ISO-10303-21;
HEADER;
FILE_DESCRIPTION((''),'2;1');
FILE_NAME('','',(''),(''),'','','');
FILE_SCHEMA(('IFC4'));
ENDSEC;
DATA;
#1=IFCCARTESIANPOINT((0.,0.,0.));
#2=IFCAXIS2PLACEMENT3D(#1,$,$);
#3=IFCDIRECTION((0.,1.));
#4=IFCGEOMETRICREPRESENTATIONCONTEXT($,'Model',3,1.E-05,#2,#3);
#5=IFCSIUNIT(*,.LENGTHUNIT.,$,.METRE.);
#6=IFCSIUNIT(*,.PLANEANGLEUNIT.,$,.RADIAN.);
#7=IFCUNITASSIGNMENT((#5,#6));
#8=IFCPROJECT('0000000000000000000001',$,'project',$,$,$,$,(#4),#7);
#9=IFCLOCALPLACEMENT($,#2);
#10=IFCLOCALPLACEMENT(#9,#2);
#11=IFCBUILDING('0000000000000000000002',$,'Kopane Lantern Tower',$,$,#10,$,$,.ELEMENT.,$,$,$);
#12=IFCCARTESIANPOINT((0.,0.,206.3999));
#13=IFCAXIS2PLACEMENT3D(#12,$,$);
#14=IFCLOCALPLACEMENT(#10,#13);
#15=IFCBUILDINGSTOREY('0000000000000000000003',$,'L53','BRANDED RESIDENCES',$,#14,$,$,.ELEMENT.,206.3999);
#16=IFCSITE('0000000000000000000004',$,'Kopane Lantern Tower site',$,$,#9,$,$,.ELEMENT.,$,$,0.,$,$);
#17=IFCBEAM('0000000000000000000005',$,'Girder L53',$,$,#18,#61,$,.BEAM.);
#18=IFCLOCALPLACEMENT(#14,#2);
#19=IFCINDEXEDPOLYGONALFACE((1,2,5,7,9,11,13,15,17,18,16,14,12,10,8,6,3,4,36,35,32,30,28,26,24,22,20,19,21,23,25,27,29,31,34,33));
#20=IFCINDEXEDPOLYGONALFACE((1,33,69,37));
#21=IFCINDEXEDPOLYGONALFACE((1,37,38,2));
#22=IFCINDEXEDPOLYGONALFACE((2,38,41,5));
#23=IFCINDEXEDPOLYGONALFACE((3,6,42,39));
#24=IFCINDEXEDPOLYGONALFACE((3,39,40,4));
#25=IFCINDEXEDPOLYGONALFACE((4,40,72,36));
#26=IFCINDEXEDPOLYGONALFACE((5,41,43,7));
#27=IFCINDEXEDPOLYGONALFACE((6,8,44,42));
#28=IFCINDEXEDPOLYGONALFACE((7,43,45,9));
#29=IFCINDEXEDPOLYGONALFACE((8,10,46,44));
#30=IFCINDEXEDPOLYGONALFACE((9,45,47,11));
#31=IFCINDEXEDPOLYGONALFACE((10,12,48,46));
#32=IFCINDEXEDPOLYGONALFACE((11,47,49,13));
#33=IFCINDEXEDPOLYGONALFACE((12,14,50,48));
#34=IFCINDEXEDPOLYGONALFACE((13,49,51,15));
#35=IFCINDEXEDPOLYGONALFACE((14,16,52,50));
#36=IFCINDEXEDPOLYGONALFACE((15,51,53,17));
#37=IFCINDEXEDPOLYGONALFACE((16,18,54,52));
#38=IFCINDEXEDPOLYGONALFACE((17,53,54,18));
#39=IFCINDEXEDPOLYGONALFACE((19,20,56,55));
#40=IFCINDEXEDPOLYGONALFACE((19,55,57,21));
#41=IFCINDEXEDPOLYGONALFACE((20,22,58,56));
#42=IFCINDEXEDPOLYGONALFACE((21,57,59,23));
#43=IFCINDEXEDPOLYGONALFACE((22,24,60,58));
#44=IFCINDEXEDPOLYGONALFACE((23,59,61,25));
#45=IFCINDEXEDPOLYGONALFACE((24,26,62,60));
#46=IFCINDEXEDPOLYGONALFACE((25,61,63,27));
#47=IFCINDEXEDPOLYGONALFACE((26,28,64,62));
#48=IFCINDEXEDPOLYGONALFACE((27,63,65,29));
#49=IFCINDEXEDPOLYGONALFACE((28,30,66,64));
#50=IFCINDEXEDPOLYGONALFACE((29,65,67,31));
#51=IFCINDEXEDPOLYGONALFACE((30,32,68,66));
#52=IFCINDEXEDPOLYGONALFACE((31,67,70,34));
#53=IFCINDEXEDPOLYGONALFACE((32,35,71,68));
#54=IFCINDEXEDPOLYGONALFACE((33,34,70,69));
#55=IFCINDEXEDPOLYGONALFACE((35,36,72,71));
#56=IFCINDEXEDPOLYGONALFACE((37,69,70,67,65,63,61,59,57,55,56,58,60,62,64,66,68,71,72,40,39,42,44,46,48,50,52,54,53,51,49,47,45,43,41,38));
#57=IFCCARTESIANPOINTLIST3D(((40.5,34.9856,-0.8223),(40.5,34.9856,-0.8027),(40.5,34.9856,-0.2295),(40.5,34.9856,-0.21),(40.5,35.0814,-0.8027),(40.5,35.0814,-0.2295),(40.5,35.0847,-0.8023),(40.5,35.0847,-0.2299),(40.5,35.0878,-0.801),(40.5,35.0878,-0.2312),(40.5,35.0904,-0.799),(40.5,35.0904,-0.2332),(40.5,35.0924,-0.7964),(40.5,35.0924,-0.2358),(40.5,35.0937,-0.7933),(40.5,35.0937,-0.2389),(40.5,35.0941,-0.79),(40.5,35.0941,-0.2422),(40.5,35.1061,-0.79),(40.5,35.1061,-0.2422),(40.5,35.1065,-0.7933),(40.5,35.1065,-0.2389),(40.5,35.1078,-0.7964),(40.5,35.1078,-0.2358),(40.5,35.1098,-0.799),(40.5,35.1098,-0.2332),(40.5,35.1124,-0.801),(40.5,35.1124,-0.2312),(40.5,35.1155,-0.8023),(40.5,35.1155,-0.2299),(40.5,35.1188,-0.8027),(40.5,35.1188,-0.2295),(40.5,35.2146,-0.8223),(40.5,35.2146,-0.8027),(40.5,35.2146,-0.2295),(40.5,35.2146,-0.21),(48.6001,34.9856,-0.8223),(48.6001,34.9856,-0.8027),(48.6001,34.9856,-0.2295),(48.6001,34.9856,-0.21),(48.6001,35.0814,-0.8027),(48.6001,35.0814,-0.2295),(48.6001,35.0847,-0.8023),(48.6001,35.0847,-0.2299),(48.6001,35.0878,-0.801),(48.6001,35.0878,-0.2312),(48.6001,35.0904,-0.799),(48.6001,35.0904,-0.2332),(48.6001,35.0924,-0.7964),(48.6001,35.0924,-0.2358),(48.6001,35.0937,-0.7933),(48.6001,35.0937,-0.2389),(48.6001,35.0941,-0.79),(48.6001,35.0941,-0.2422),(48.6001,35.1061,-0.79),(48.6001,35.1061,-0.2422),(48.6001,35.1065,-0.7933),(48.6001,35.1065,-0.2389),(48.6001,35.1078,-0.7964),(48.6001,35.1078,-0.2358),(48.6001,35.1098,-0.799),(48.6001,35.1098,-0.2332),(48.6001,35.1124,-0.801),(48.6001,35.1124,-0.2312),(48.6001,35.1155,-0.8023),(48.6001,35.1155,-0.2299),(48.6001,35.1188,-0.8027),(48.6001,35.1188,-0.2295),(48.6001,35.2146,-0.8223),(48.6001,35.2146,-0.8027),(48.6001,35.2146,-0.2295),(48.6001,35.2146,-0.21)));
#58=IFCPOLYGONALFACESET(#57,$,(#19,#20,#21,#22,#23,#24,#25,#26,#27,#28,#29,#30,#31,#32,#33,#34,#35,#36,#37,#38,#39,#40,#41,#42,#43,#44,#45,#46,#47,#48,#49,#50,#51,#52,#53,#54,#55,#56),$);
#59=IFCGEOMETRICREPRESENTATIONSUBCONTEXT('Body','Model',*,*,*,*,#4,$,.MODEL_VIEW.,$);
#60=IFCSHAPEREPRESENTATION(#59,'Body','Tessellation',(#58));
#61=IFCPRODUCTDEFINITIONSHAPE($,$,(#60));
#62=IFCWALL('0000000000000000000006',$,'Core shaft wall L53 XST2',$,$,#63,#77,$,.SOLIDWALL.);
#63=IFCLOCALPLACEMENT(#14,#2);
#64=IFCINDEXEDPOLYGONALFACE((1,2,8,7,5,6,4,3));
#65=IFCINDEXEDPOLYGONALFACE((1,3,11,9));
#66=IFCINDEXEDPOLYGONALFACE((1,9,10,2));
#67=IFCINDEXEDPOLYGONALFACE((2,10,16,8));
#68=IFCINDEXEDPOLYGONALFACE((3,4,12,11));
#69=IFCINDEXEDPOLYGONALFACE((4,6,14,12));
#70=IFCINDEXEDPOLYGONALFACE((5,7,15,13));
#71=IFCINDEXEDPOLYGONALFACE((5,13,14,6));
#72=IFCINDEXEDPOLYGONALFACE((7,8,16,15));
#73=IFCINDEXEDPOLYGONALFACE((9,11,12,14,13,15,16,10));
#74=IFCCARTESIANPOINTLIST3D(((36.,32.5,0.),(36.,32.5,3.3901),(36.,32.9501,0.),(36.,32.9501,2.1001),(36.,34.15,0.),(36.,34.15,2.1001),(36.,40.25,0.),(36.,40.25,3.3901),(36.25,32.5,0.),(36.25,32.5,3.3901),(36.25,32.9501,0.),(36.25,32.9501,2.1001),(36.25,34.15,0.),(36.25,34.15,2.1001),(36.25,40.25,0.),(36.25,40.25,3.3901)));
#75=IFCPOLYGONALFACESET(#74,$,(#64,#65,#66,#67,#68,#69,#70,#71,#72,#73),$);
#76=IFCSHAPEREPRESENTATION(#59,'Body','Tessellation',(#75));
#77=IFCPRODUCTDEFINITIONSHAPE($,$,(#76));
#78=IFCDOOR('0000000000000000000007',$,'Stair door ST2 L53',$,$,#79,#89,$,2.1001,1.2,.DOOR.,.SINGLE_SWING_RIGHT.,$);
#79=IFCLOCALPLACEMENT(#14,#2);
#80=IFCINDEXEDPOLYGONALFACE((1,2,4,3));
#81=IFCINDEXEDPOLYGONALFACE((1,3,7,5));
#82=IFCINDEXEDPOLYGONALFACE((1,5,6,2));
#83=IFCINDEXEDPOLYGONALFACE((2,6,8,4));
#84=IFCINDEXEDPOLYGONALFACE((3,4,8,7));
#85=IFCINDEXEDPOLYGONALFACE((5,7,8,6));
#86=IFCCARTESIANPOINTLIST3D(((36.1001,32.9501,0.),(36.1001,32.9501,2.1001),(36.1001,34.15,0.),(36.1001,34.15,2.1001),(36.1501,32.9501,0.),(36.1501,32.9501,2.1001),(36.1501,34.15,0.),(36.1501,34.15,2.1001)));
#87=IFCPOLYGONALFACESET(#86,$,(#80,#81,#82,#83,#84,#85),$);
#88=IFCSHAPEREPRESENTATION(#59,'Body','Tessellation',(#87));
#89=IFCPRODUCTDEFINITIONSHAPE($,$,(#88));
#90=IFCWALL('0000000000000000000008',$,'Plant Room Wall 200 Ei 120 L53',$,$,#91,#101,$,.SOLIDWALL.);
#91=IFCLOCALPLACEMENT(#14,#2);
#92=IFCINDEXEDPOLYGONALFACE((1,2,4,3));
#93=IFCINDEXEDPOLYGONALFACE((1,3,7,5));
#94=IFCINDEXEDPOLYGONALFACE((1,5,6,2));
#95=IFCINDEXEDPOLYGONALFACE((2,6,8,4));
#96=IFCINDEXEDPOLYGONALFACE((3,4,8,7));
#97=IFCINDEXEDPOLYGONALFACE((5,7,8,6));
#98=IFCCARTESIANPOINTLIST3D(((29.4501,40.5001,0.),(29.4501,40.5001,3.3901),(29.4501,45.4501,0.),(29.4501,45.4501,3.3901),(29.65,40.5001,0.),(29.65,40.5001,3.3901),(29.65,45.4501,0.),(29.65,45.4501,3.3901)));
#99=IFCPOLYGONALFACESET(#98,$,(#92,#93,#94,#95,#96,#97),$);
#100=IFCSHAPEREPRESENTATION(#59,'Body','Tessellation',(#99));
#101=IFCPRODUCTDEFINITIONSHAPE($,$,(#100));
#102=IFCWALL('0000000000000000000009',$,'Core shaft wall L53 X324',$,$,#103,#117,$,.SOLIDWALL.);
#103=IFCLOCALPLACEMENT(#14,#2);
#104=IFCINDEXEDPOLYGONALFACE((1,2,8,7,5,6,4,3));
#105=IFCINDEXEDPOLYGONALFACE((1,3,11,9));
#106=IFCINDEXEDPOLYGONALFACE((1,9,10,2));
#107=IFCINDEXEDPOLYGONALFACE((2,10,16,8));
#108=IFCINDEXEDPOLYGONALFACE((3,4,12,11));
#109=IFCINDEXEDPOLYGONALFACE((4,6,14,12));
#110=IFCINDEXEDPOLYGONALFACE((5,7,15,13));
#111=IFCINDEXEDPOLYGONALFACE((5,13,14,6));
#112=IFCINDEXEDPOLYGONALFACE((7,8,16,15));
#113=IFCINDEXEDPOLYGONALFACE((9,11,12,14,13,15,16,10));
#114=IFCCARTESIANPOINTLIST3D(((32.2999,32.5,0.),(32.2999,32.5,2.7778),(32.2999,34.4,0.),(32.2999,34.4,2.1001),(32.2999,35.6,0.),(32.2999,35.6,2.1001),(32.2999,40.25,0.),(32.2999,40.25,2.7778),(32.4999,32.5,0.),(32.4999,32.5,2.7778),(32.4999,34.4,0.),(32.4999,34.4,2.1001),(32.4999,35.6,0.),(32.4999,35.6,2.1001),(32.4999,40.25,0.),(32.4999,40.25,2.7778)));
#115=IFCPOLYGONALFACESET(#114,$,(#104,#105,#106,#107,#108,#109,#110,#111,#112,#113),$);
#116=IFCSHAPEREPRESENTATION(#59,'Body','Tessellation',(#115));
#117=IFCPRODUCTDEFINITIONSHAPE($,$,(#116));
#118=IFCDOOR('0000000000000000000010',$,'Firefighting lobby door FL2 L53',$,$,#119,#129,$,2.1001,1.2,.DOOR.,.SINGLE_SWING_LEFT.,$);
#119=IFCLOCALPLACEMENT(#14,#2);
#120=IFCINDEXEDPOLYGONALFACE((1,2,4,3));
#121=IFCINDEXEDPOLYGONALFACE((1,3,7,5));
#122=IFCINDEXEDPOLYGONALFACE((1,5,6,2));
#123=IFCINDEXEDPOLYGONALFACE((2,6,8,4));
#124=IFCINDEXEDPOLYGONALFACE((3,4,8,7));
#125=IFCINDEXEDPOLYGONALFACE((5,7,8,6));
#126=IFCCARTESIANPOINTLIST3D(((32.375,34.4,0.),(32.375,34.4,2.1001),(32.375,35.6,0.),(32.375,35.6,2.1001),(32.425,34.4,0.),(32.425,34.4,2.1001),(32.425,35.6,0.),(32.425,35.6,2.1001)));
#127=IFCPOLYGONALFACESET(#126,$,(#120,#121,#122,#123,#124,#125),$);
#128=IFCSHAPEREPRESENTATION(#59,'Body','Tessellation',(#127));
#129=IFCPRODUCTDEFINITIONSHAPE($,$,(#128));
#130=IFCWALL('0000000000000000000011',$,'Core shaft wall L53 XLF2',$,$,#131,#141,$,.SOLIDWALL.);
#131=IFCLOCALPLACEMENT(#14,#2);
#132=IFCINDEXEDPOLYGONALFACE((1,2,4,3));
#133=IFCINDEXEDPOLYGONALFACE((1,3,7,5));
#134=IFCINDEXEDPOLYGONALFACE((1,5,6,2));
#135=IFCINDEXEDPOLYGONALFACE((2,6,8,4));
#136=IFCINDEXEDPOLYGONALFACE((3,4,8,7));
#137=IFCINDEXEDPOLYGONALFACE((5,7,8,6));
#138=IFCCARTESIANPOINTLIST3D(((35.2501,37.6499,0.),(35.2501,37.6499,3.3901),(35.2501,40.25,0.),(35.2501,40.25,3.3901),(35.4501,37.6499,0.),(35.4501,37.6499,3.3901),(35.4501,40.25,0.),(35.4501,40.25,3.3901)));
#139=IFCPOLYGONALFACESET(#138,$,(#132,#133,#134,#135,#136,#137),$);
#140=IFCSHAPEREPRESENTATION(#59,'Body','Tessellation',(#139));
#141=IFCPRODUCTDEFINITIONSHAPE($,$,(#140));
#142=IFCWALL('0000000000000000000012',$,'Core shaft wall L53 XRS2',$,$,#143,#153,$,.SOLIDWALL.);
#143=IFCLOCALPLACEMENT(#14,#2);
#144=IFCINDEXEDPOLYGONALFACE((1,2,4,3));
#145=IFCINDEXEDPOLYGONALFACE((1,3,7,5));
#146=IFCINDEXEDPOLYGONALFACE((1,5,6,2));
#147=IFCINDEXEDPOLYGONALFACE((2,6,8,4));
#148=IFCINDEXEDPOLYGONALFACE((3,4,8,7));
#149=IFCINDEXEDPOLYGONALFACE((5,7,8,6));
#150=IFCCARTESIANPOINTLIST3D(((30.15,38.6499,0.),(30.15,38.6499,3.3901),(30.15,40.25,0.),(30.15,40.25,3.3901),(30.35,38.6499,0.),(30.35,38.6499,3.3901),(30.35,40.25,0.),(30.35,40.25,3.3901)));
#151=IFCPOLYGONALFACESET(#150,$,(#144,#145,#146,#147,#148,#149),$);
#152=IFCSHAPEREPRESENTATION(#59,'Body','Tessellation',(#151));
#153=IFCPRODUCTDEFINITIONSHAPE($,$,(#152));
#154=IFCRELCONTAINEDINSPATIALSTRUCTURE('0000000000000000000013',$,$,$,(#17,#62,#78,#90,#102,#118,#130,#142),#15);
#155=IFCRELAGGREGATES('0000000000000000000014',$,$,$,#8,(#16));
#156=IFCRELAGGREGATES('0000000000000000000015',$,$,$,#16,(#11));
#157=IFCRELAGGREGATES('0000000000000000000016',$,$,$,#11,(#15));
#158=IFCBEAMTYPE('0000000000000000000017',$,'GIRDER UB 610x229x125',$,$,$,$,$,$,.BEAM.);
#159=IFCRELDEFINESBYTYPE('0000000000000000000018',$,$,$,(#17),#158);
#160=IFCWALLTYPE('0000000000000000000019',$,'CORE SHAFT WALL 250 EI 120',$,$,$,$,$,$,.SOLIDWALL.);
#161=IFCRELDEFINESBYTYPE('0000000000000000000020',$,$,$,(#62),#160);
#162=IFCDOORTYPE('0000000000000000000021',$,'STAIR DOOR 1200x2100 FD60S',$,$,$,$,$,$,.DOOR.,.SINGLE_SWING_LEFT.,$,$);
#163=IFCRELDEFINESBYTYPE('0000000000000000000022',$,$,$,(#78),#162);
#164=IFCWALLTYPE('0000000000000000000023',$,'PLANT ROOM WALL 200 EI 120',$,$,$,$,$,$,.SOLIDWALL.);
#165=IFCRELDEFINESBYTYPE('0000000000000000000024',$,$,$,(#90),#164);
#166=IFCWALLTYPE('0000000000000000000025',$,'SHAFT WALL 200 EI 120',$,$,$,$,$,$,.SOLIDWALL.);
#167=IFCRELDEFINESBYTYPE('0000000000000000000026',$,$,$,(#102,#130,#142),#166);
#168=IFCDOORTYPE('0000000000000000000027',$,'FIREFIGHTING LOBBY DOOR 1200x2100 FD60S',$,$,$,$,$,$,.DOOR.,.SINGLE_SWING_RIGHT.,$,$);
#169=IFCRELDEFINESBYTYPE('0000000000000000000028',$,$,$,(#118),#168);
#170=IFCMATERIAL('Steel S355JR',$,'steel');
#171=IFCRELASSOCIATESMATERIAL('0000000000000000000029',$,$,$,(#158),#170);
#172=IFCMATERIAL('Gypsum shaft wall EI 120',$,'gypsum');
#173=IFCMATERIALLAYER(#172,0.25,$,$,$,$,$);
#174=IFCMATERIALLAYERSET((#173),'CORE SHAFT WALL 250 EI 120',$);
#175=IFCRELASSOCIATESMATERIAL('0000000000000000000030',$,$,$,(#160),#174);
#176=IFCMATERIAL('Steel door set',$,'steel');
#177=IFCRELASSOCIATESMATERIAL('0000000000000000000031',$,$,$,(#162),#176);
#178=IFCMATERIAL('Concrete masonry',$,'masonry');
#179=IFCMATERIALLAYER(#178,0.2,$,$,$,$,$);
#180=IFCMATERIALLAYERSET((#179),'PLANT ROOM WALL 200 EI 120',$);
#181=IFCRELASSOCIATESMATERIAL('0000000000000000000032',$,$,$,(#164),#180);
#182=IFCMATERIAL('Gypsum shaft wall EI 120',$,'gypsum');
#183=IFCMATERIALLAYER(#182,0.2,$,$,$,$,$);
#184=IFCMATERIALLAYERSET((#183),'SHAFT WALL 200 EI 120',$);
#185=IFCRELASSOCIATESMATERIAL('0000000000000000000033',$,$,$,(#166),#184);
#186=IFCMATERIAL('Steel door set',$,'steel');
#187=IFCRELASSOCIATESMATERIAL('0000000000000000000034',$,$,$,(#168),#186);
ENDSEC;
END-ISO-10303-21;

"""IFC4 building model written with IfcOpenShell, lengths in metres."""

from ifc_helpers import new_model, si_unit, direction, frame, frame_2d, origin, origin_2d, place, context, subcontext, project, spatial, rectangle, i_section, extrude, material, layer, layer_set, material_profile, profile_set, type_object, element, fill, save


model = new_model("IFC4")

# Units and contexts
model_context = context("Model", 3, precision=1e-05, world=origin(), true_north=direction((0.0, 1.0)))
body_context = subcontext(model_context, "Body", "Model", "MODEL_VIEW")
ifc_project = project(units=[si_unit("LENGTHUNIT", "METRE"), si_unit("PLANEANGLEUNIT", "RADIAN")], contexts=[model_context])

# Site, building, storey
site_placement = place(None, origin())
site = spatial("IfcSite", under=ifc_project, at=site_placement, Name="Kopane Lantern Tower site", CompositionType="ELEMENT", RefElevation=0.0)
building_placement = place(site_placement, origin())
building = spatial("IfcBuilding", under=site, at=building_placement, Name="Kopane Lantern Tower", CompositionType="ELEMENT")
storey_placement = place(building_placement, frame((0.0, 0.0, 206.3999)))
storey = spatial("IfcBuildingStorey", under=building, at=storey_placement, Name="L53", Description="BRANDED RESIDENCES", CompositionType="ELEMENT", Elevation=206.3999)

# Beam
ifc_material_1 = material(Name="Steel S355JR", Category="steel")
ifc_material_profile_1 = material_profile(ifc_material_1, i_section(OverallWidth=0.229, OverallDepth=0.6123, WebThickness=0.012, FlangeThickness=0.0195, FilletRadius=0.0127, at=origin_2d()), Name="UB 610x229x125")
ifc_profile_set_1 = profile_set([ifc_material_profile_1], Name="Steel S355JR")
beam_type_1 = type_object("IfcBeamType", Name="GIRDER UB 610x229x125", PredefinedType="BEAM", material=ifc_profile_set_1)
for number, where, z_axis, x_axis, name in (
    (1, (40.5, 35.1001, -0.5161), (1.0, 0.0, 0.0), (0.0, 1.0, 0.0), "Girder L53"),
):
    element("IfcBeam", number, at=place(storey_placement, frame(where, z_axis=z_axis, x_axis=x_axis)), inside=storey, type_object=beam_type_1, Name=name, PredefinedType="BEAM", context=body_context, shape_type="SweptSolid", body=[
        extrude(i_section(OverallWidth=0.229, OverallDepth=0.6123, WebThickness=0.012, FlangeThickness=0.0195, FilletRadius=0.0127, at=origin_2d()), origin(), (0.0, 0.0, 1.0), 8.1001),
    ])

# Wall, opening, door
ifc_material_2 = material(Name="Gypsum shaft wall EI 120", Category="gypsum")
ifc_layer_1 = layer(ifc_material_2, 0.25)
ifc_layer_set_1 = layer_set([ifc_layer_1], Name="CORE SHAFT WALL 250 EI 120")
wall_type_1 = type_object("IfcWallType", Name="CORE SHAFT WALL 250 EI 120", PredefinedType="SOLIDWALL", material=ifc_layer_set_1)
wall_1_placement = place(storey_placement, frame((36.125, 32.5, 0.0), z_axis=(0.0, 0.0, 1.0), x_axis=(0.0, 1.0, 0.0)))
wall_1 = element("IfcWall", 2, at=wall_1_placement, inside=storey, type_object=wall_type_1, Name="Core shaft wall L53 XST2", PredefinedType="SOLIDWALL", context=body_context, shape_type="SweptSolid", body=[
    extrude(rectangle(XDim=7.75, YDim=0.25, at=frame_2d((3.875, 0.0))), origin(), (0.0, 0.0, 1.0), 3.3901),
])
opening_1_placement = place(wall_1_placement, frame((0.45, 0.0, 0.0)))
opening_1 = element("IfcOpeningElement", 3, at=opening_1_placement, cuts=wall_1, PredefinedType="OPENING", context=body_context, shape_type="SweptSolid", body=[
    extrude(rectangle(XDim=1.2, YDim=2.1001, at=frame_2d((0.6001, 1.05))), frame((0.0, 0.135, 0.0), z_axis=(0.0, -1.0, 0.0), x_axis=(1.0, 0.0, 0.0)), (0.0, 0.0, 1.0), 0.27),
])
ifc_material_3 = material(Name="Steel door set", Category="steel")
door_type_1 = type_object("IfcDoorType", Name="STAIR DOOR 1200x2100 FD60S", OperationType="SINGLE_SWING_LEFT", PredefinedType="DOOR", material=ifc_material_3)
door_1_placement = place(opening_1_placement, origin())
door_1 = element("IfcDoor", 4, at=door_1_placement, inside=storey, type_object=door_type_1, Name="Stair door ST2 L53", OperationType="SINGLE_SWING_RIGHT", OverallHeight=2.1001, OverallWidth=1.2, PredefinedType="DOOR", context=body_context, shape_type="SweptSolid", body=[
    extrude(rectangle(XDim=1.2, YDim=2.1001, at=frame_2d((0.6001, 1.05))), frame((0.0, 0.0249, 0.0), z_axis=(0.0, -1.0, 0.0), x_axis=(1.0, 0.0, 0.0)), (0.0, 0.0, 1.0), 0.05),
])
fill(opening_1, door_1)

# Wall
ifc_material_4 = material(Name="Concrete masonry", Category="masonry")
ifc_layer_2 = layer(ifc_material_4, 0.2)
ifc_layer_set_2 = layer_set([ifc_layer_2], Name="PLANT ROOM WALL 200 EI 120")
wall_type_2 = type_object("IfcWallType", Name="PLANT ROOM WALL 200 EI 120", PredefinedType="SOLIDWALL", material=ifc_layer_set_2)
wall_2_placement = place(storey_placement, frame((29.55, 40.5, 0.0), z_axis=(0.0, 0.0, 1.0), x_axis=(0.0, 1.0, 0.0)))
element("IfcWall", 5, at=wall_2_placement, inside=storey, type_object=wall_type_2, Name="Plant Room Wall 200 Ei 120 L53", PredefinedType="SOLIDWALL", context=body_context, shape_type="SweptSolid", body=[
    extrude(rectangle(XDim=4.95, YDim=0.2, at=frame_2d((2.4751, 0.0))), origin(), (0.0, 0.0, 1.0), 3.3901),
])

# Wall, opening, door
ifc_material_5 = material(Name="Gypsum shaft wall EI 120", Category="gypsum")
ifc_layer_3 = layer(ifc_material_5, 0.2)
ifc_layer_set_3 = layer_set([ifc_layer_3], Name="SHAFT WALL 200 EI 120")
wall_type_3 = type_object("IfcWallType", Name="SHAFT WALL 200 EI 120", PredefinedType="SOLIDWALL", material=ifc_layer_set_3)
wall_3_placement = place(storey_placement, frame((32.3999, 32.5, 0.0), z_axis=(0.0, 0.0, 1.0), x_axis=(0.0, 1.0, 0.0)))
wall_3 = element("IfcWall", 6, at=wall_3_placement, inside=storey, type_object=wall_type_3, Name="Core shaft wall L53 X324", PredefinedType="SOLIDWALL", context=body_context, shape_type="SweptSolid", body=[
    extrude(rectangle(XDim=7.75, YDim=0.2, at=frame_2d((3.875, 0.0))), origin(), (0.0, 0.0, 1.0), 2.7778),
])
opening_2_placement = place(wall_3_placement, frame((1.8999, 0.0, 0.0)))
opening_2 = element("IfcOpeningElement", 7, at=opening_2_placement, cuts=wall_3, PredefinedType="OPENING", context=body_context, shape_type="SweptSolid", body=[
    extrude(rectangle(XDim=1.2, YDim=2.1001, at=frame_2d((0.6001, 1.05))), frame((0.0, 0.1099, 0.0), z_axis=(0.0, -1.0, 0.0), x_axis=(1.0, 0.0, 0.0)), (0.0, 0.0, 1.0), 0.22),
])
ifc_material_6 = material(Name="Steel door set", Category="steel")
door_type_2 = type_object("IfcDoorType", Name="FIREFIGHTING LOBBY DOOR 1200x2100 FD60S", OperationType="SINGLE_SWING_RIGHT", PredefinedType="DOOR", material=ifc_material_6)
door_2_placement = place(opening_2_placement, origin())
door_2 = element("IfcDoor", 8, at=door_2_placement, inside=storey, type_object=door_type_2, Name="Firefighting lobby door FL2 L53", OperationType="SINGLE_SWING_LEFT", OverallHeight=2.1001, OverallWidth=1.2, PredefinedType="DOOR", context=body_context, shape_type="SweptSolid", body=[
    extrude(rectangle(XDim=1.2, YDim=2.1001, at=frame_2d((0.6001, 1.05))), frame((0.0, 0.0249, 0.0), z_axis=(0.0, -1.0, 0.0), x_axis=(1.0, 0.0, 0.0)), (0.0, 0.0, 1.0), 0.05),
])
fill(opening_2, door_2)

# Walls
wall_4_placement = place(storey_placement, frame((35.3501, 37.6499, 0.0), z_axis=(0.0, 0.0, 1.0), x_axis=(0.0, 1.0, 0.0)))
element("IfcWall", 9, at=wall_4_placement, inside=storey, type_object=wall_type_3, Name="Core shaft wall L53 XLF2", PredefinedType="SOLIDWALL", context=body_context, shape_type="SweptSolid", body=[
    extrude(rectangle(XDim=2.6001, YDim=0.2, at=frame_2d((1.3, 0.0))), origin(), (0.0, 0.0, 1.0), 3.3901),
])
wall_5_placement = place(storey_placement, frame((30.25, 38.6499, 0.0), z_axis=(0.0, 0.0, 1.0), x_axis=(0.0, 1.0, 0.0)))
element("IfcWall", 10, at=wall_5_placement, inside=storey, type_object=wall_type_3, Name="Core shaft wall L53 XRS2", PredefinedType="SOLIDWALL", context=body_context, shape_type="SweptSolid", body=[
    extrude(rectangle(XDim=1.6001, YDim=0.2, at=frame_2d((0.8, 0.0))), origin(), (0.0, 0.0, 1.0), 3.3901),
])

save(model, "model.ifc")
